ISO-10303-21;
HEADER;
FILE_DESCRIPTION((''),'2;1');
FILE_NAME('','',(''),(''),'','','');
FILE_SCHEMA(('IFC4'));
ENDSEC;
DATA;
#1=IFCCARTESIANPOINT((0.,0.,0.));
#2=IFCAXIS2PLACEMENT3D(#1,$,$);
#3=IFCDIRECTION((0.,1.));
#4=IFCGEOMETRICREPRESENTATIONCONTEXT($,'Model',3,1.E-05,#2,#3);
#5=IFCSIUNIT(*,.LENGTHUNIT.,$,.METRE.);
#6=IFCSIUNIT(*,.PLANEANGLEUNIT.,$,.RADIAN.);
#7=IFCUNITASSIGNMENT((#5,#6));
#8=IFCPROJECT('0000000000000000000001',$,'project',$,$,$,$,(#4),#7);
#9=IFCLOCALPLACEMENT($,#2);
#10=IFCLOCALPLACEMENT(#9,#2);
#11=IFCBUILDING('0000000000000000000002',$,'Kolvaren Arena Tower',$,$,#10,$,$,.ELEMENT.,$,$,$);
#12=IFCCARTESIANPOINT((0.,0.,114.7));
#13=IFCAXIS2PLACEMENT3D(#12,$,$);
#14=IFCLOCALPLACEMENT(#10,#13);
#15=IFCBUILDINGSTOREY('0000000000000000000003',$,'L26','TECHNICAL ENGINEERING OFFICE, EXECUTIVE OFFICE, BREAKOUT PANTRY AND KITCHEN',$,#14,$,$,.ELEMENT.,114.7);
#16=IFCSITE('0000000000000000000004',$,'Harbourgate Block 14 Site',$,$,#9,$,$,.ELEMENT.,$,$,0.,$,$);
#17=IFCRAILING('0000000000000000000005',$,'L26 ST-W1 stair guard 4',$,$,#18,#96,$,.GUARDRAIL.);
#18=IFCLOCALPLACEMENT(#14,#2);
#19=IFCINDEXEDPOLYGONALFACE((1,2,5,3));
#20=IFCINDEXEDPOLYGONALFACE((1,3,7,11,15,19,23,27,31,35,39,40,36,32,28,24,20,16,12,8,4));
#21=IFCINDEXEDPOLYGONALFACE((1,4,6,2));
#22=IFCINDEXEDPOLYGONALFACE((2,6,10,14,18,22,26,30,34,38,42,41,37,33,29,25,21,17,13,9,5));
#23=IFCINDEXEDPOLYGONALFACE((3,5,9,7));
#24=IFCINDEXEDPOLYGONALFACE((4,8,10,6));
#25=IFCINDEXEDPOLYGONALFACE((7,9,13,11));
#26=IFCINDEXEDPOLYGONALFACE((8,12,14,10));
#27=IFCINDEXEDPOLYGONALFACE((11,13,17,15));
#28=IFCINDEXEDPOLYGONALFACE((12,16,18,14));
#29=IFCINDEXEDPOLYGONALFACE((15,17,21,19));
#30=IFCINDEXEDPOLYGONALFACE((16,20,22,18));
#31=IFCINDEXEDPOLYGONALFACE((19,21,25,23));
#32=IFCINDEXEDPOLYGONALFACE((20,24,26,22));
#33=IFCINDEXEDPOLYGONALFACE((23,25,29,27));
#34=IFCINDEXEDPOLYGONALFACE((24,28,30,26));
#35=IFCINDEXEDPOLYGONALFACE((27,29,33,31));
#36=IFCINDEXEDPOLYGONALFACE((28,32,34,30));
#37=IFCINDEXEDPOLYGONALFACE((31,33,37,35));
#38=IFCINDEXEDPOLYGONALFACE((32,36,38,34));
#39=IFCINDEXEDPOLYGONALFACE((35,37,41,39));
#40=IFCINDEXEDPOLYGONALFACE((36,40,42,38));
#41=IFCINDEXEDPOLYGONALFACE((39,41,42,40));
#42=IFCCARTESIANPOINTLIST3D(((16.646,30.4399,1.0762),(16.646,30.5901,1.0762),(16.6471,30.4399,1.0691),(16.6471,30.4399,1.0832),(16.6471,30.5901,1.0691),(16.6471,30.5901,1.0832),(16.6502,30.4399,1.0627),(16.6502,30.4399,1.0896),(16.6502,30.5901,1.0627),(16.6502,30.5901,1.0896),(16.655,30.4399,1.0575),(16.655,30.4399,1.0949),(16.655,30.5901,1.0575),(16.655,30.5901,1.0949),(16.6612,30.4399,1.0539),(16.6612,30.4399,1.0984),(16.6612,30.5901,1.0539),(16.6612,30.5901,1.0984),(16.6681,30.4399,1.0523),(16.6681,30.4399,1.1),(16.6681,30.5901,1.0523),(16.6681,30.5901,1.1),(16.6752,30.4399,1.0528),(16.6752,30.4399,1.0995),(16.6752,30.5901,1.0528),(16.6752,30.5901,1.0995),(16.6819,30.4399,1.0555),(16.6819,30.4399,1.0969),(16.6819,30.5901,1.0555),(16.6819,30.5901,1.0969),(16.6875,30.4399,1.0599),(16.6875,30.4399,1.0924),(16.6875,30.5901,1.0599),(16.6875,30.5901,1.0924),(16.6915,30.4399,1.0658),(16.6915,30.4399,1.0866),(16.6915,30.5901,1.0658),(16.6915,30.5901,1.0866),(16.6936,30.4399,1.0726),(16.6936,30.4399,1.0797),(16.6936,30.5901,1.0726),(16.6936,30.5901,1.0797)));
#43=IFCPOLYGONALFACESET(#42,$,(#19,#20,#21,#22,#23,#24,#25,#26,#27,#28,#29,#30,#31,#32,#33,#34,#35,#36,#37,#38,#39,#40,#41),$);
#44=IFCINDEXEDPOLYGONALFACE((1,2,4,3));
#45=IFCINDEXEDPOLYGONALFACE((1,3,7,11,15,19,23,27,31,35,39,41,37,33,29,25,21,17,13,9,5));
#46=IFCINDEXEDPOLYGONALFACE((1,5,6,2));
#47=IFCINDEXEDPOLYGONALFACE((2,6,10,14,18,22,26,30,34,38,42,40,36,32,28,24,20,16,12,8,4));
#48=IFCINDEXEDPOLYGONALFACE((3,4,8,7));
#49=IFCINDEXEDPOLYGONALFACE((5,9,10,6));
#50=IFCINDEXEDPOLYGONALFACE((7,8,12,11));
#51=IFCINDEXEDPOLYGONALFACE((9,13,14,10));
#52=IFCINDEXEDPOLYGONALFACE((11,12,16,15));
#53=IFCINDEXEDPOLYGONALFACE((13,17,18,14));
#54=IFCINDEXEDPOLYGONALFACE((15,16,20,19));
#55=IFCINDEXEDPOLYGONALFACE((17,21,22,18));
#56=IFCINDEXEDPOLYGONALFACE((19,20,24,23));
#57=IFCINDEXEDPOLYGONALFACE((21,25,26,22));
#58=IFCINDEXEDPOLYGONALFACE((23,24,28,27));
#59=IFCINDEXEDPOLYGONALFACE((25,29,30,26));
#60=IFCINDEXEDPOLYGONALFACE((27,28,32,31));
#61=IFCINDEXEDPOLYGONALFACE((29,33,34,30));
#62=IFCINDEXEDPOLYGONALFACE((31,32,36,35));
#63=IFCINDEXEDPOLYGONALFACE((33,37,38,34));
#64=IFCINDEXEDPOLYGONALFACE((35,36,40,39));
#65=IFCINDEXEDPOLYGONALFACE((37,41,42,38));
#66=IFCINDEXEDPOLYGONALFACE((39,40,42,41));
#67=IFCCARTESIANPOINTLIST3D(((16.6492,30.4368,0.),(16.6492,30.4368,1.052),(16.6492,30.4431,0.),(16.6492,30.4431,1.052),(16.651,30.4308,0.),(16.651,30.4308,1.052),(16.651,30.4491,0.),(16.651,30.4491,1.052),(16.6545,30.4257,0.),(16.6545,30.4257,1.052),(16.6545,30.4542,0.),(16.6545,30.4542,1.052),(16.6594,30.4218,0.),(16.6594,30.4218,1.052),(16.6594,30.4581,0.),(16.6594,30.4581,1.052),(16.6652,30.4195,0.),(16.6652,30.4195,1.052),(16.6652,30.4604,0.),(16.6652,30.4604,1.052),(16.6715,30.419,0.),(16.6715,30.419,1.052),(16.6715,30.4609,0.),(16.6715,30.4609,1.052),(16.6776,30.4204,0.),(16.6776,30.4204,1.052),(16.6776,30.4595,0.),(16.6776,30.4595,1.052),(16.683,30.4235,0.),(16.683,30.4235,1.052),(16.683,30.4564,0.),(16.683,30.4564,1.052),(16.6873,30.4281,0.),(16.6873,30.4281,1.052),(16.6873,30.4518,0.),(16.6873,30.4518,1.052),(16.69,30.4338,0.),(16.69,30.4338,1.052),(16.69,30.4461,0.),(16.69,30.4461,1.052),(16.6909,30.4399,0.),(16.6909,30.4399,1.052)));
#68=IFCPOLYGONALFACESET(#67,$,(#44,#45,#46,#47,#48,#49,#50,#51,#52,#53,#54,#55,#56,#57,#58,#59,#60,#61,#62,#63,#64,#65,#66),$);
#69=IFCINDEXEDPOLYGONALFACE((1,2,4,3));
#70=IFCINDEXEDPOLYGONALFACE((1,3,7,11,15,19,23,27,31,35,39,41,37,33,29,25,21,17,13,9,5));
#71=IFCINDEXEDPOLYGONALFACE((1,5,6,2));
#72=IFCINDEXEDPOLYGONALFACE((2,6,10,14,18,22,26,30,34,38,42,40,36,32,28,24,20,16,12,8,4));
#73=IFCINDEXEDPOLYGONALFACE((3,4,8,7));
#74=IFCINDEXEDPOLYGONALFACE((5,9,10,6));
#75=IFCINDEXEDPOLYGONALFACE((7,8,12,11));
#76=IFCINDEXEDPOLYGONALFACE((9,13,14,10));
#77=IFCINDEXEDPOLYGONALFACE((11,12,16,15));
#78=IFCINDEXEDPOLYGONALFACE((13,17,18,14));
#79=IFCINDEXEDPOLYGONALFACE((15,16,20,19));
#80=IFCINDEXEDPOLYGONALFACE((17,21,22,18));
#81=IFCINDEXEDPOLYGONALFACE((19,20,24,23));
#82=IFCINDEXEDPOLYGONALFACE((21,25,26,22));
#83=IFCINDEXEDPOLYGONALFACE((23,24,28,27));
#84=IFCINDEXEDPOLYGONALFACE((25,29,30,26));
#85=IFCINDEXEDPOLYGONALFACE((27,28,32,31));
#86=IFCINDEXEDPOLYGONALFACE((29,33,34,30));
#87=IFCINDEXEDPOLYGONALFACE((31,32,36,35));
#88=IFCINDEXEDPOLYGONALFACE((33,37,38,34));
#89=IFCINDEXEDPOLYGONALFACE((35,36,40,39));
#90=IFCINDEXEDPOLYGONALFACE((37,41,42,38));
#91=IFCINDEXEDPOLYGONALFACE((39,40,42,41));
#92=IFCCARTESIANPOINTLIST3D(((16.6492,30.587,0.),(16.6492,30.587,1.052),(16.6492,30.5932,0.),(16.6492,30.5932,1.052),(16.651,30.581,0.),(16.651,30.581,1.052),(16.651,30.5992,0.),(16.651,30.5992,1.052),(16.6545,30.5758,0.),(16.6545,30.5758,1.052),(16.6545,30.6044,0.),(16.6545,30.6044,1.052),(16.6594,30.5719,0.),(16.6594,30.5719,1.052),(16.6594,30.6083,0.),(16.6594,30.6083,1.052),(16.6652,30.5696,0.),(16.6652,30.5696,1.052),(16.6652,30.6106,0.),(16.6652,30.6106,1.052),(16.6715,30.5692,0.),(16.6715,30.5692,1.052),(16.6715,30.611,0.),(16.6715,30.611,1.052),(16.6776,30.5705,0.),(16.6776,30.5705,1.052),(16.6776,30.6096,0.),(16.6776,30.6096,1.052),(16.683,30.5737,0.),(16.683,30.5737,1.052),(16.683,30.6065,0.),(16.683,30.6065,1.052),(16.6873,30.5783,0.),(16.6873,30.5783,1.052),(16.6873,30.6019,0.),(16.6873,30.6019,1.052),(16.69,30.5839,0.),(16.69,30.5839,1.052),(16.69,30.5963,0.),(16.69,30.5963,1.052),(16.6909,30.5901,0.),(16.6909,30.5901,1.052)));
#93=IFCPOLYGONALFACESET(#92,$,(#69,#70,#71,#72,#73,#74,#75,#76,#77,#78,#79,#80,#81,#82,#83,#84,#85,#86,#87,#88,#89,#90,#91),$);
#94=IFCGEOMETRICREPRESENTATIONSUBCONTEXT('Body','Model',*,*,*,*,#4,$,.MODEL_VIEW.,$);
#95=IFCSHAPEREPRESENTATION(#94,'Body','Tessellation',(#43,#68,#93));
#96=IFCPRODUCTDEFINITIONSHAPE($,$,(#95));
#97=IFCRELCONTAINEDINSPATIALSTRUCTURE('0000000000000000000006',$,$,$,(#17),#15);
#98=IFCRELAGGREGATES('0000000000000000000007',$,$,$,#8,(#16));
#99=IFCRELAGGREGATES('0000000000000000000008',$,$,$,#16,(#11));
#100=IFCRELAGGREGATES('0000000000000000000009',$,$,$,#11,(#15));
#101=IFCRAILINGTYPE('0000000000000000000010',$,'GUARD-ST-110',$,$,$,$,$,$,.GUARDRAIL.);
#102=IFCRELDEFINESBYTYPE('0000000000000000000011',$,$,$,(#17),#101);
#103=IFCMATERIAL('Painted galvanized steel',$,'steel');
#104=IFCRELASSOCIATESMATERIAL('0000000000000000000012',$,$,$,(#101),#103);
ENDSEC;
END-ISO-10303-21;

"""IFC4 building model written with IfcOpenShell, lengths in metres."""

from ifc_helpers import new_model, si_unit, direction, frame, origin, origin_2d, place, context, subcontext, project, spatial, circle, extrude, material, type_object, element, save


model = new_model("IFC4")

# Units and contexts
model_context = context("Model", 3, precision=1e-05, world=origin(), true_north=direction((0.0, 1.0)))
body_context = subcontext(model_context, "Body", "Model", "MODEL_VIEW")
ifc_project = project(units=[si_unit("LENGTHUNIT", "METRE"), si_unit("PLANEANGLEUNIT", "RADIAN")], contexts=[model_context])

# Site, building, storey
site_placement = place(None, origin())
site = spatial("IfcSite", under=ifc_project, at=site_placement, Name="Harbourgate Block 14 Site", CompositionType="ELEMENT", RefElevation=0.0)
building_placement = place(site_placement, origin())
building = spatial("IfcBuilding", under=site, at=building_placement, Name="Kolvaren Arena Tower", CompositionType="ELEMENT")
storey_placement = place(building_placement, frame((0.0, 0.0, 114.7)))
storey = spatial("IfcBuildingStorey", under=building, at=storey_placement, Name="L26", Description="TECHNICAL ENGINEERING OFFICE, EXECUTIVE OFFICE, BREAKOUT PANTRY AND KITCHEN", CompositionType="ELEMENT", Elevation=114.7)

# Railing
ifc_material_1 = material(Name="Painted galvanized steel", Category="steel")
railing_type_1 = type_object("IfcRailingType", Name="GUARD-ST-110", PredefinedType="GUARDRAIL", material=ifc_material_1)
railing_1_placement = place(storey_placement, frame((16.6699, 30.4399, 0.0)))
element("IfcRailing", 1, at=railing_1_placement, inside=storey, type_object=railing_type_1, Name="L26 ST-W1 stair guard 4", PredefinedType="GUARDRAIL", context=body_context, shape_type="SweptSolid", body=[
    extrude(circle(Radius=0.0239, at=origin_2d()), frame((0.0, 0.0, 1.0762), z_axis=(0.0, 1.0, 0.0), x_axis=(-1.0, 0.0, 0.0)), (0.0, 0.0, 1.0), 0.1501),
    extrude(circle(Radius=0.021, at=origin_2d()), origin(), (0.0, 0.0, 1.0), 1.052),
    extrude(circle(Radius=0.021, at=origin_2d()), frame((0.0, 0.1501, 0.0)), (0.0, 0.0, 1.0), 1.052),
])

save(model, "model.ifc")
